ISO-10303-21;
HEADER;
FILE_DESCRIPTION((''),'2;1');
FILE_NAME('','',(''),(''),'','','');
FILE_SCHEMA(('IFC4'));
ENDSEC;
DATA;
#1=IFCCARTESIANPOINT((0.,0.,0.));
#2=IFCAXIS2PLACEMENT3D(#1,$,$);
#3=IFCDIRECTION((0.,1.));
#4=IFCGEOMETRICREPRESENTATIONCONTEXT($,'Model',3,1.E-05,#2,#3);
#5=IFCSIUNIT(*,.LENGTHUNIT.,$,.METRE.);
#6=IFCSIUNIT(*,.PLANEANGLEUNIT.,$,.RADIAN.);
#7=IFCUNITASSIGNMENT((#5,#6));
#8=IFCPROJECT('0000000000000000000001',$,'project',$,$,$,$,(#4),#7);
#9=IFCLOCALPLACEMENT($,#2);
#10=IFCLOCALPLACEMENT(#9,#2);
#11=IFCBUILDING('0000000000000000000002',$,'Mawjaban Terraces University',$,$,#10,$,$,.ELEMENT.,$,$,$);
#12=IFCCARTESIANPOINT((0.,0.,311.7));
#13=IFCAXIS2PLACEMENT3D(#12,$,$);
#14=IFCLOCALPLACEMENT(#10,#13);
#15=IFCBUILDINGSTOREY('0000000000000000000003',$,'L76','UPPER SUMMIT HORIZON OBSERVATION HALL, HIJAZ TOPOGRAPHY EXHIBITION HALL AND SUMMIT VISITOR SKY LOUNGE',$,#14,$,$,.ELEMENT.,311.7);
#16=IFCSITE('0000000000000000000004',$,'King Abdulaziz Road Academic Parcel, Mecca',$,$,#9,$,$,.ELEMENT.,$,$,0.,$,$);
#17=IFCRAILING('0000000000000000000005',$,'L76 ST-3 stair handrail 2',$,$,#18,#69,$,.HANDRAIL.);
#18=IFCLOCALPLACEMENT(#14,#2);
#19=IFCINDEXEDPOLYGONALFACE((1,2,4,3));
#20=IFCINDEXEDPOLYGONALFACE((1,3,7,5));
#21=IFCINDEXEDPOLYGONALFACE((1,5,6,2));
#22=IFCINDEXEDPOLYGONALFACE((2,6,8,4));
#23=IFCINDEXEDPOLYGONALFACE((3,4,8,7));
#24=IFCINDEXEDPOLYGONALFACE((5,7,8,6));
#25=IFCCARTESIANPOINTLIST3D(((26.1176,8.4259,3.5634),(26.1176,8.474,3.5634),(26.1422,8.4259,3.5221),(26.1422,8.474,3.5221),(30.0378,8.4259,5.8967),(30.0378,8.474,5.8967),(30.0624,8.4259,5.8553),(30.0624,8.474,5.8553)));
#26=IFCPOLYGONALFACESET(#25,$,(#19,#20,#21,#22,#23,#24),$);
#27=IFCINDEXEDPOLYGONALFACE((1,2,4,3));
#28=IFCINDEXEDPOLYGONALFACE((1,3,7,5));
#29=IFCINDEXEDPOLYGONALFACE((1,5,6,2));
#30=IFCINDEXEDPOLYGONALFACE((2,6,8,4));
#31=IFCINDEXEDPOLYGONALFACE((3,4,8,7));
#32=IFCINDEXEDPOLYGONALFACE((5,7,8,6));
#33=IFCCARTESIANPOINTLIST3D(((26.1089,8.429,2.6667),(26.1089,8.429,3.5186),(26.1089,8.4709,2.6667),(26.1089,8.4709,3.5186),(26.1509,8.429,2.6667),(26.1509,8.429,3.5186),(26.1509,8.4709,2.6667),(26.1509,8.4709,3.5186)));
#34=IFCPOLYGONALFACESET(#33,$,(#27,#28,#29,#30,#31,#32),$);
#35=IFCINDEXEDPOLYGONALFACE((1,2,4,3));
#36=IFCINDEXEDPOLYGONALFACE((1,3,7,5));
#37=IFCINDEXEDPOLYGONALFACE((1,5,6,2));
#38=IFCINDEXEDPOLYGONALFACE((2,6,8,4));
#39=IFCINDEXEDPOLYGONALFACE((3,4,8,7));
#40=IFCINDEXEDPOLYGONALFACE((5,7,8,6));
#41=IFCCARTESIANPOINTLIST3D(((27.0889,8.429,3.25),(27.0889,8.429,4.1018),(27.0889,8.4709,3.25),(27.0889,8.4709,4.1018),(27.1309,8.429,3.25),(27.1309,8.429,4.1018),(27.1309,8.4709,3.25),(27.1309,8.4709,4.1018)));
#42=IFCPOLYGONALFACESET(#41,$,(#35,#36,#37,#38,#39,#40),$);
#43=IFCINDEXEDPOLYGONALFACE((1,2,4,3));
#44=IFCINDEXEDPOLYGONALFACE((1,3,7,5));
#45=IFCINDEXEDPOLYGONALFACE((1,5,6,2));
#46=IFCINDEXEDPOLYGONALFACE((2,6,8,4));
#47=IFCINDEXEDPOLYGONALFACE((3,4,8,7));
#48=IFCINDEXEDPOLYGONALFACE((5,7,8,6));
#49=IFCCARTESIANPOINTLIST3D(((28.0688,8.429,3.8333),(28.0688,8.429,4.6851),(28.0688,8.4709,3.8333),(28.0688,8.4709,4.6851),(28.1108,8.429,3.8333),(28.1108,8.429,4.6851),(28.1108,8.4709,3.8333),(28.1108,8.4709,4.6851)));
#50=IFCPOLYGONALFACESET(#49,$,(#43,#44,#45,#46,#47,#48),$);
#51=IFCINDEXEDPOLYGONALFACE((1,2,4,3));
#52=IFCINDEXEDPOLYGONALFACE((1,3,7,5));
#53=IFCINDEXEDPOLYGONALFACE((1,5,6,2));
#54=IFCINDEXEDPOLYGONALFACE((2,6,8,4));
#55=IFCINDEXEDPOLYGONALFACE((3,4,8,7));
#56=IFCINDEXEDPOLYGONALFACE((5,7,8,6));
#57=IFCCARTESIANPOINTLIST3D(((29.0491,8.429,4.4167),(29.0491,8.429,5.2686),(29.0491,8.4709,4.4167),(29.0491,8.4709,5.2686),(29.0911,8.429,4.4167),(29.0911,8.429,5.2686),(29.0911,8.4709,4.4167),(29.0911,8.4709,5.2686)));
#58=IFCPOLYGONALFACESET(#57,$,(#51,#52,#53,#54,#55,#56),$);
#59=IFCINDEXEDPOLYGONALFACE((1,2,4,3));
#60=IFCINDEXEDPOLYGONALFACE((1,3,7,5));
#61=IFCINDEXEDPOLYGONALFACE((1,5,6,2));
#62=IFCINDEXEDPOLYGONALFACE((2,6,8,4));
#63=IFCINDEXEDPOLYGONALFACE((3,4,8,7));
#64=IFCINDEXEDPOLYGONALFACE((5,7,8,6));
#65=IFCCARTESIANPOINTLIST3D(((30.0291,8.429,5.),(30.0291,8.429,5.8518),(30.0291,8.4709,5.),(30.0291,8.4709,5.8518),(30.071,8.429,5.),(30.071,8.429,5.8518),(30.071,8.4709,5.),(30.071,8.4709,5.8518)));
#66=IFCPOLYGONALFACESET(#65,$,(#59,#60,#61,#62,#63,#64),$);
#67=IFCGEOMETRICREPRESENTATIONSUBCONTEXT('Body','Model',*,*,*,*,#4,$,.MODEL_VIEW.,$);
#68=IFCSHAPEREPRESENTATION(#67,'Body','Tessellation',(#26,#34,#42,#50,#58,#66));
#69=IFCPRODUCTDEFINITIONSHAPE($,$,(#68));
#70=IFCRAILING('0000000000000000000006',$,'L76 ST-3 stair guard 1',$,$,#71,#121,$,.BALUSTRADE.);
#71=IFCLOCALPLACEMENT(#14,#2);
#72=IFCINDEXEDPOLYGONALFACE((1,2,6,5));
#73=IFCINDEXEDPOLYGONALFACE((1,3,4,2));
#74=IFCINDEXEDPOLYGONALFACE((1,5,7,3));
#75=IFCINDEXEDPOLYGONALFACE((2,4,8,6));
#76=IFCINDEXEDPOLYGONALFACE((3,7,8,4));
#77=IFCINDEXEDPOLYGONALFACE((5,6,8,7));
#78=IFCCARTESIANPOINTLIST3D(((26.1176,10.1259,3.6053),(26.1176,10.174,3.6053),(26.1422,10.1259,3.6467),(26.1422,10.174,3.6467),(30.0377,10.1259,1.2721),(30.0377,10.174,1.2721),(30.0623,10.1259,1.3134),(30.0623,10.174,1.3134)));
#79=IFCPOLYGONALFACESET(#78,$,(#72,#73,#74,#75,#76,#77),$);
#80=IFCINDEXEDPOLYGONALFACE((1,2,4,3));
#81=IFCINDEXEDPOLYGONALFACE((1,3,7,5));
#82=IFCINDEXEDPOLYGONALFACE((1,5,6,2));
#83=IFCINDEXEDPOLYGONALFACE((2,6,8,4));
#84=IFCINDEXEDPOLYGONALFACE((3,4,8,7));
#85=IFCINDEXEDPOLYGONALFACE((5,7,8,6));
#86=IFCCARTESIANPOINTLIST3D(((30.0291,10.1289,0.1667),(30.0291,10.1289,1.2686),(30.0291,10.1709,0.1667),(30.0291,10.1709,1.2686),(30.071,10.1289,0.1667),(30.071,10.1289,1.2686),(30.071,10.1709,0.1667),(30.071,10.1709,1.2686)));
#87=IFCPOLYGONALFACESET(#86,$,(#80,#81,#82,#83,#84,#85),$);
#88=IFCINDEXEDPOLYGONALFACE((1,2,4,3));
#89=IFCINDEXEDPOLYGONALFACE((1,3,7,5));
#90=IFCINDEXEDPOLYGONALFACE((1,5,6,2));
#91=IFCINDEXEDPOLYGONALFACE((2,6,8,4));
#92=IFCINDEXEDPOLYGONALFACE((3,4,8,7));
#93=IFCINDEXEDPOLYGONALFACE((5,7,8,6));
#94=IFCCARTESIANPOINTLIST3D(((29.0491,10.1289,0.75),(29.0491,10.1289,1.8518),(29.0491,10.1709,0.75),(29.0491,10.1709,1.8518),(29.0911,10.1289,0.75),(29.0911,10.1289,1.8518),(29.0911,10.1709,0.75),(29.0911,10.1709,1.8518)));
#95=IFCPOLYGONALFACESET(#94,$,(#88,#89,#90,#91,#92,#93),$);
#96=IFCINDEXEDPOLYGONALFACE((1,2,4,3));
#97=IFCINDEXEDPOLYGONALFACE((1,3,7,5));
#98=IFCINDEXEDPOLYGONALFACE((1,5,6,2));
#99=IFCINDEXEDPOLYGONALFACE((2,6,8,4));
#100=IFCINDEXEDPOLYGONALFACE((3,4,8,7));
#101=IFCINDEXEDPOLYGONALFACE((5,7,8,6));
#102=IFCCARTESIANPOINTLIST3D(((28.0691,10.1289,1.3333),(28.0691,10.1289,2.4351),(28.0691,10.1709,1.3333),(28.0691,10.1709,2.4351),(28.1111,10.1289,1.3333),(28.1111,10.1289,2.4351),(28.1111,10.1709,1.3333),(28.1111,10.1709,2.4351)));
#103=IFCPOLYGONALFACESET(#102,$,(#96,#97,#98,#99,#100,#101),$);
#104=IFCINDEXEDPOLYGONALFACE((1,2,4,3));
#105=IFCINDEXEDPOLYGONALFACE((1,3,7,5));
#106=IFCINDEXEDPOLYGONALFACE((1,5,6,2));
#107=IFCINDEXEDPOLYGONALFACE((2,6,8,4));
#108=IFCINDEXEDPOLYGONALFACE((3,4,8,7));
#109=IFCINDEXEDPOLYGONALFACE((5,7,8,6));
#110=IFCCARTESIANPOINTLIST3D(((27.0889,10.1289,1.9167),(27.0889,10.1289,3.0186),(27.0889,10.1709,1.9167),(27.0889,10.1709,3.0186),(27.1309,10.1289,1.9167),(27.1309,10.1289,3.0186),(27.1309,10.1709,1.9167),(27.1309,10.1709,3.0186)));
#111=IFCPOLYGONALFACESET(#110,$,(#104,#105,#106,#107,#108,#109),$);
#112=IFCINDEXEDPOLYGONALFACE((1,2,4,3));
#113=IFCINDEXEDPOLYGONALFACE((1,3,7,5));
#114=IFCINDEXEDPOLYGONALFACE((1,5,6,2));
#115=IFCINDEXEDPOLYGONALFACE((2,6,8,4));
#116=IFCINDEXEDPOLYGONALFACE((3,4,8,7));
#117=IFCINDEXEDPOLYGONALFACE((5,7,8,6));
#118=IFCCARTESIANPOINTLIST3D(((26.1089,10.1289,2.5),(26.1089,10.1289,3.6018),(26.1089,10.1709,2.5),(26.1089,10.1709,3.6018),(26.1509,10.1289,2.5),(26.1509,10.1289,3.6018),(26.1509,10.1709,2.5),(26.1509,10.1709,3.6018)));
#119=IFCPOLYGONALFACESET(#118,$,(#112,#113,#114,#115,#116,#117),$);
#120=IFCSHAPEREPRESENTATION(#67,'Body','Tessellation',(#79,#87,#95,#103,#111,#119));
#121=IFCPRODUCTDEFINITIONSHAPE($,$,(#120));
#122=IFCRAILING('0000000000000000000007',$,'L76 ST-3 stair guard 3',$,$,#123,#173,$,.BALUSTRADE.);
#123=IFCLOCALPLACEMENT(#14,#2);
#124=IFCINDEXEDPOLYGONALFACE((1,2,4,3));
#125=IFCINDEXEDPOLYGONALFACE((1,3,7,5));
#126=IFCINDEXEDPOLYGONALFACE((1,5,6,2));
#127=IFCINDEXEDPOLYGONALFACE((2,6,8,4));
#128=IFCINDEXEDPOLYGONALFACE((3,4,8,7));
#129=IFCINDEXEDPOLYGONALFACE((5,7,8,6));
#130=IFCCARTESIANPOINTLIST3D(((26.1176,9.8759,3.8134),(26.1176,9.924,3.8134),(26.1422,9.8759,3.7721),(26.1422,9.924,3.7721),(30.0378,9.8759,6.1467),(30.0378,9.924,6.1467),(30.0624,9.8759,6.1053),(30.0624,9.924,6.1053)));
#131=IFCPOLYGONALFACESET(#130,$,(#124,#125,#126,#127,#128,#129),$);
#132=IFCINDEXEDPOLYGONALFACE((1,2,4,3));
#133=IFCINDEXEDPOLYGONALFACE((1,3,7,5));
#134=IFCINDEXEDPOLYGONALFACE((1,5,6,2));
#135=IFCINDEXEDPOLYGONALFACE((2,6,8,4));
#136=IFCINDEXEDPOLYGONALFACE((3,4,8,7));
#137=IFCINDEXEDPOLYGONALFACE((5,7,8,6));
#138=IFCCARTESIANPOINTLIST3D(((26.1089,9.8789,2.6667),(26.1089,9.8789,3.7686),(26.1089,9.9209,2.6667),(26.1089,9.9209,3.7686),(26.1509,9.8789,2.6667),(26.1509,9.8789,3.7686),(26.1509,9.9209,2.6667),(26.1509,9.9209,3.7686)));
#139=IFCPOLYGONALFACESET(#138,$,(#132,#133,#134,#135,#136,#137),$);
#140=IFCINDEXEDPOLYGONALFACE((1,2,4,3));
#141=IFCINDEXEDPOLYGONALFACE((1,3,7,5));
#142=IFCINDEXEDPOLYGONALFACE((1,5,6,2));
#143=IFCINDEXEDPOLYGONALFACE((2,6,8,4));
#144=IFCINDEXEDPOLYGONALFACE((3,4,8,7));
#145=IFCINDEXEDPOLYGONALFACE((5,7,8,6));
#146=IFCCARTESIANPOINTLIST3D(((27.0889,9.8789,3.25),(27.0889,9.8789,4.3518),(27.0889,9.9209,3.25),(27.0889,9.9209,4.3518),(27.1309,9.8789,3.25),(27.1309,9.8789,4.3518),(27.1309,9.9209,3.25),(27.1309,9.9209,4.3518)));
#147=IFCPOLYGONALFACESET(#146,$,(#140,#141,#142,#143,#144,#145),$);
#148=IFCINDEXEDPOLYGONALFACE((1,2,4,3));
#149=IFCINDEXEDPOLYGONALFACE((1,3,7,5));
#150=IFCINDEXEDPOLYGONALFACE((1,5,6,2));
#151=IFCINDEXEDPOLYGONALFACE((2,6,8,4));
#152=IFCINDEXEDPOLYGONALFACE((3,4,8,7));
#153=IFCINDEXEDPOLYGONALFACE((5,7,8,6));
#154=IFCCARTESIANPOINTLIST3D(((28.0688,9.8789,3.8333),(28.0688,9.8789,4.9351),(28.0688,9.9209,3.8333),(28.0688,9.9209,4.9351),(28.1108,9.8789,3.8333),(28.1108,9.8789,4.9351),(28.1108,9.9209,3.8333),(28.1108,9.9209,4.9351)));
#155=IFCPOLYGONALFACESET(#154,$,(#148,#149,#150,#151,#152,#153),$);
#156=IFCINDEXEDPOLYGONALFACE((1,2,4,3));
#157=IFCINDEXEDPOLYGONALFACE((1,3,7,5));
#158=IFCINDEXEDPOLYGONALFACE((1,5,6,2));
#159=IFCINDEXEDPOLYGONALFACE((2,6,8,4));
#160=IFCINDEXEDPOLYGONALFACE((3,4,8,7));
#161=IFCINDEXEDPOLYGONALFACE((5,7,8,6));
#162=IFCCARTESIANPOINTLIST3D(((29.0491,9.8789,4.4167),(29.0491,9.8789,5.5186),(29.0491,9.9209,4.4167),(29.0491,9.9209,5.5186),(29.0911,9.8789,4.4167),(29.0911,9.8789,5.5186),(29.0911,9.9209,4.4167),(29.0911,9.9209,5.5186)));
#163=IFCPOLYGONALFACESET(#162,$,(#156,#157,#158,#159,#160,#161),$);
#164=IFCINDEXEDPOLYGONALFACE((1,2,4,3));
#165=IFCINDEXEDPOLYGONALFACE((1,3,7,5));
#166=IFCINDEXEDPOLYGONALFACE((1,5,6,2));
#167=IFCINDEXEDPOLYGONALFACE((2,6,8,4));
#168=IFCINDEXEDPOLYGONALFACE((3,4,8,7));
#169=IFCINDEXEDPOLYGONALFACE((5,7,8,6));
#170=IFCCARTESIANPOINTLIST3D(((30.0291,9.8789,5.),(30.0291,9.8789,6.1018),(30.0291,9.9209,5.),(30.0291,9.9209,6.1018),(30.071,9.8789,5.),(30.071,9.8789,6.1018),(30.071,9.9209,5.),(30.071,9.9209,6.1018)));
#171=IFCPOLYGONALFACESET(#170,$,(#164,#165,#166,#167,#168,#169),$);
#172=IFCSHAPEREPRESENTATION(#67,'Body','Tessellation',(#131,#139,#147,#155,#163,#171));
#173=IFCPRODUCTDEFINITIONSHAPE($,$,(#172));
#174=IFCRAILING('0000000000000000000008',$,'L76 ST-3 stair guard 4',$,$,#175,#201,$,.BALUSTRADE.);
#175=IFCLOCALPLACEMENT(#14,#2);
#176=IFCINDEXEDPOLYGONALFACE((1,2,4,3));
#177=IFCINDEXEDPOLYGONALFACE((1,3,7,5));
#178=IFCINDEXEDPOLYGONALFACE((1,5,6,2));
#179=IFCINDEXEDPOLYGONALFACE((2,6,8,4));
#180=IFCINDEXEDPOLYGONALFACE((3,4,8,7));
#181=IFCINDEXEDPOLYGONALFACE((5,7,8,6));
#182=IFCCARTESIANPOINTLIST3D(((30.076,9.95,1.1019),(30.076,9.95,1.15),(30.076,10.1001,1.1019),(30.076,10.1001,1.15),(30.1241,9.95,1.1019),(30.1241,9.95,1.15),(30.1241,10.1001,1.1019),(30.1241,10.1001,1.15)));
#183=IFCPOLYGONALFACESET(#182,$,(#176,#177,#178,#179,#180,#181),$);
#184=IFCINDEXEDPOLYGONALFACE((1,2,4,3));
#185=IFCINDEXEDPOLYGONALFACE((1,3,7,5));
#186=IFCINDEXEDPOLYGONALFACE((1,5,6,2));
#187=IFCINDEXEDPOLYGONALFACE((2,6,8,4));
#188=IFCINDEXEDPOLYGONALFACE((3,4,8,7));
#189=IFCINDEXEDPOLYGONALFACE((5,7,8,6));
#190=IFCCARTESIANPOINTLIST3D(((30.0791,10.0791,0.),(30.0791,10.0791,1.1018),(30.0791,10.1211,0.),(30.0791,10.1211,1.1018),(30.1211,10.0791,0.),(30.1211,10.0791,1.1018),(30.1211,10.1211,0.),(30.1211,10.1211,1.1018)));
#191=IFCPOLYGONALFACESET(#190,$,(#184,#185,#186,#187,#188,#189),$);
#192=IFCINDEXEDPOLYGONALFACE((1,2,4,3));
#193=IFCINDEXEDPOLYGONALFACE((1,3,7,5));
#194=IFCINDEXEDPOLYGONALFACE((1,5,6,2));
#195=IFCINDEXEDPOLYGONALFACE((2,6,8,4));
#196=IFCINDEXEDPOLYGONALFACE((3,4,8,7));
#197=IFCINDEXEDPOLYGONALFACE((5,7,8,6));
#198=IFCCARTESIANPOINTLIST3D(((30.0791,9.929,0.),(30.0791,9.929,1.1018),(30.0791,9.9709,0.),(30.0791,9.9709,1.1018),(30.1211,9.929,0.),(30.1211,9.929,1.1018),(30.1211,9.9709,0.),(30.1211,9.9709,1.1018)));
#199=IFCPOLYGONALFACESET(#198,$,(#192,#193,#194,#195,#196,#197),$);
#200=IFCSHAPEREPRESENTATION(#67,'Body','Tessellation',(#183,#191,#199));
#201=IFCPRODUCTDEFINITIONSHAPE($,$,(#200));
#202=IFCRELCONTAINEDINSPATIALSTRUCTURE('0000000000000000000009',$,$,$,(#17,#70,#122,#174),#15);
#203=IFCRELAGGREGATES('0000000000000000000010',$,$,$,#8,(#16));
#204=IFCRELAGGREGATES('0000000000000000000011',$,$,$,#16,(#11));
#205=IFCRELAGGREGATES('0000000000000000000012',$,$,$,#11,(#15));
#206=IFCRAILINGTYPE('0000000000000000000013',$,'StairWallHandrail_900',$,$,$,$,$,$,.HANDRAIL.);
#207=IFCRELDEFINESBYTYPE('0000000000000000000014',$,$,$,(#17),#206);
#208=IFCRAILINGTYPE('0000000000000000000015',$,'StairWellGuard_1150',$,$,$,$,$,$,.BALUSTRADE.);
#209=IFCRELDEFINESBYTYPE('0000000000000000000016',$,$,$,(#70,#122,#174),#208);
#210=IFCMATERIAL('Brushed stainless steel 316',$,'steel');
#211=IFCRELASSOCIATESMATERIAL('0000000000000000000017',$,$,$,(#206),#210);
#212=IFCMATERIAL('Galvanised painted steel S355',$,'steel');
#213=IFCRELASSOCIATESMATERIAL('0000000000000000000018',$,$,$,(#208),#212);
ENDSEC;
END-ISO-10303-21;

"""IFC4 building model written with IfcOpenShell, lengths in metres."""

from ifc_helpers import new_model, si_unit, direction, frame, origin, origin_2d, place, context, subcontext, project, spatial, rectangle, extrude, material, type_object, element, save


model = new_model("IFC4")

# Units and contexts
model_context = context("Model", 3, precision=1e-05, world=origin(), true_north=direction((0.0, 1.0)))
body_context = subcontext(model_context, "Body", "Model", "MODEL_VIEW")
ifc_project = project(units=[si_unit("LENGTHUNIT", "METRE"), si_unit("PLANEANGLEUNIT", "RADIAN")], contexts=[model_context])

# Site, building, storey
site_placement = place(None, origin())
site = spatial("IfcSite", under=ifc_project, at=site_placement, Name="King Abdulaziz Road Academic Parcel, Mecca", CompositionType="ELEMENT", RefElevation=0.0)
building_placement = place(site_placement, origin())
building = spatial("IfcBuilding", under=site, at=building_placement, Name="Mawjaban Terraces University", CompositionType="ELEMENT")
storey_placement = place(building_placement, frame((0.0, 0.0, 311.7)))
storey = spatial("IfcBuildingStorey", under=building, at=storey_placement, Name="L76", Description="UPPER SUMMIT HORIZON OBSERVATION HALL, HIJAZ TOPOGRAPHY EXHIBITION HALL AND SUMMIT VISITOR SKY LOUNGE", CompositionType="ELEMENT", Elevation=311.7)

# Railings
ifc_material_1 = material(Name="Brushed stainless steel 316", Category="steel")
railing_type_1 = type_object("IfcRailingType", Name="StairWallHandrail_900", PredefinedType="HANDRAIL", material=ifc_material_1)
railing_1_placement = place(storey_placement, frame((26.1299, 8.45, 2.6667)))
element("IfcRailing", 1, at=railing_1_placement, inside=storey, type_object=railing_type_1, Name="L76 ST-3 stair handrail 2", PredefinedType="HANDRAIL", context=body_context, shape_type="SweptSolid", body=[
    extrude(rectangle(XDim=0.0481, YDim=0.0481, at=origin_2d()), frame((0.0, 0.0, 0.876), z_axis=(0.85931, 0.0, 0.511455), x_axis=(0.0, 1.0, 0.0)), (0.0, 0.0, 1.0), 4.562),
    extrude(rectangle(XDim=0.042, YDim=0.042, at=origin_2d()), origin(), (0.0, 0.0, 1.0), 0.8518),
    extrude(rectangle(XDim=0.042, YDim=0.042, at=origin_2d()), frame((0.98, 0.0, 0.5833)), (0.0, 0.0, 1.0), 0.8518),
    extrude(rectangle(XDim=0.042, YDim=0.042, at=origin_2d()), frame((1.96, 0.0, 1.1665)), (0.0, 0.0, 1.0), 0.8518),
    extrude(rectangle(XDim=0.042, YDim=0.042, at=origin_2d()), frame((2.9402, 0.0, 1.75)), (0.0, 0.0, 1.0), 0.8518),
    extrude(rectangle(XDim=0.042, YDim=0.042, at=origin_2d()), frame((3.9202, 0.0, 2.3333)), (0.0, 0.0, 1.0), 0.8518),
])
ifc_material_2 = material(Name="Galvanised painted steel S355", Category="steel")
railing_type_2 = type_object("IfcRailingType", Name="StairWellGuard_1150", PredefinedType="BALUSTRADE", material=ifc_material_2)
railing_2_placement = place(storey_placement, frame((30.05, 10.1499, 0.1667)))
element("IfcRailing", 2, at=railing_2_placement, inside=storey, type_object=railing_type_2, Name="L76 ST-3 stair guard 1", PredefinedType="BALUSTRADE", context=body_context, shape_type="SweptSolid", body=[
    extrude(rectangle(XDim=0.0481, YDim=0.0481, at=origin_2d()), frame((0.0, 0.0, 1.126), z_axis=(-0.85931, 0.0, 0.511455), x_axis=(0.0, -1.0, 0.0)), (0.0, 0.0, 1.0), 4.562),
    extrude(rectangle(XDim=0.042, YDim=0.042, at=origin_2d()), origin(), (0.0, 0.0, 1.0), 1.1018),
    extrude(rectangle(XDim=0.042, YDim=0.042, at=origin_2d()), frame((-0.98, 0.0, 0.5833)), (0.0, 0.0, 1.0), 1.1018),
    extrude(rectangle(XDim=0.042, YDim=0.042, at=origin_2d()), frame((-1.96, 0.0, 1.1665)), (0.0, 0.0, 1.0), 1.1018),
    extrude(rectangle(XDim=0.042, YDim=0.042, at=origin_2d()), frame((-2.9402, 0.0, 1.75)), (0.0, 0.0, 1.0), 1.1018),
    extrude(rectangle(XDim=0.042, YDim=0.042, at=origin_2d()), frame((-3.9202, 0.0, 2.3333)), (0.0, 0.0, 1.0), 1.1018),
])
railing_3_placement = place(storey_placement, frame((26.1299, 9.8999, 2.6667)))
element("IfcRailing", 3, at=railing_3_placement, inside=storey, type_object=railing_type_2, Name="L76 ST-3 stair guard 3", PredefinedType="BALUSTRADE", context=body_context, shape_type="SweptSolid", body=[
    extrude(rectangle(XDim=0.0481, YDim=0.0481, at=origin_2d()), frame((0.0, 0.0, 1.126), z_axis=(0.85931, 0.0, 0.511455), x_axis=(0.0, 1.0, 0.0)), (0.0, 0.0, 1.0), 4.562),
    extrude(rectangle(XDim=0.042, YDim=0.042, at=origin_2d()), origin(), (0.0, 0.0, 1.0), 1.1018),
    extrude(rectangle(XDim=0.042, YDim=0.042, at=origin_2d()), frame((0.98, 0.0, 0.5833)), (0.0, 0.0, 1.0), 1.1018),
    extrude(rectangle(XDim=0.042, YDim=0.042, at=origin_2d()), frame((1.96, 0.0, 1.1665)), (0.0, 0.0, 1.0), 1.1018),
    extrude(rectangle(XDim=0.042, YDim=0.042, at=origin_2d()), frame((2.9402, 0.0, 1.75)), (0.0, 0.0, 1.0), 1.1018),
    extrude(rectangle(XDim=0.042, YDim=0.042, at=origin_2d()), frame((3.9202, 0.0, 2.3333)), (0.0, 0.0, 1.0), 1.1018),
])
railing_4_placement = place(storey_placement, frame((30.1001, 10.1001, 0.0)))
element("IfcRailing", 4, at=railing_4_placement, inside=storey, type_object=railing_type_2, Name="L76 ST-3 stair guard 4", PredefinedType="BALUSTRADE", context=body_context, shape_type="SweptSolid", body=[
    extrude(rectangle(XDim=0.0481, YDim=0.0481, at=origin_2d()), frame((0.0, 0.0, 1.126), z_axis=(0.0, -1.0, 0.0), x_axis=(1.0, 0.0, 0.0)), (0.0, 0.0, 1.0), 0.1501),
    extrude(rectangle(XDim=0.042, YDim=0.042, at=origin_2d()), origin(), (0.0, 0.0, 1.0), 1.1018),
    extrude(rectangle(XDim=0.042, YDim=0.042, at=origin_2d()), frame((0.0, -0.1501, 0.0)), (0.0, 0.0, 1.0), 1.1018),
])

save(model, "model.ifc")
